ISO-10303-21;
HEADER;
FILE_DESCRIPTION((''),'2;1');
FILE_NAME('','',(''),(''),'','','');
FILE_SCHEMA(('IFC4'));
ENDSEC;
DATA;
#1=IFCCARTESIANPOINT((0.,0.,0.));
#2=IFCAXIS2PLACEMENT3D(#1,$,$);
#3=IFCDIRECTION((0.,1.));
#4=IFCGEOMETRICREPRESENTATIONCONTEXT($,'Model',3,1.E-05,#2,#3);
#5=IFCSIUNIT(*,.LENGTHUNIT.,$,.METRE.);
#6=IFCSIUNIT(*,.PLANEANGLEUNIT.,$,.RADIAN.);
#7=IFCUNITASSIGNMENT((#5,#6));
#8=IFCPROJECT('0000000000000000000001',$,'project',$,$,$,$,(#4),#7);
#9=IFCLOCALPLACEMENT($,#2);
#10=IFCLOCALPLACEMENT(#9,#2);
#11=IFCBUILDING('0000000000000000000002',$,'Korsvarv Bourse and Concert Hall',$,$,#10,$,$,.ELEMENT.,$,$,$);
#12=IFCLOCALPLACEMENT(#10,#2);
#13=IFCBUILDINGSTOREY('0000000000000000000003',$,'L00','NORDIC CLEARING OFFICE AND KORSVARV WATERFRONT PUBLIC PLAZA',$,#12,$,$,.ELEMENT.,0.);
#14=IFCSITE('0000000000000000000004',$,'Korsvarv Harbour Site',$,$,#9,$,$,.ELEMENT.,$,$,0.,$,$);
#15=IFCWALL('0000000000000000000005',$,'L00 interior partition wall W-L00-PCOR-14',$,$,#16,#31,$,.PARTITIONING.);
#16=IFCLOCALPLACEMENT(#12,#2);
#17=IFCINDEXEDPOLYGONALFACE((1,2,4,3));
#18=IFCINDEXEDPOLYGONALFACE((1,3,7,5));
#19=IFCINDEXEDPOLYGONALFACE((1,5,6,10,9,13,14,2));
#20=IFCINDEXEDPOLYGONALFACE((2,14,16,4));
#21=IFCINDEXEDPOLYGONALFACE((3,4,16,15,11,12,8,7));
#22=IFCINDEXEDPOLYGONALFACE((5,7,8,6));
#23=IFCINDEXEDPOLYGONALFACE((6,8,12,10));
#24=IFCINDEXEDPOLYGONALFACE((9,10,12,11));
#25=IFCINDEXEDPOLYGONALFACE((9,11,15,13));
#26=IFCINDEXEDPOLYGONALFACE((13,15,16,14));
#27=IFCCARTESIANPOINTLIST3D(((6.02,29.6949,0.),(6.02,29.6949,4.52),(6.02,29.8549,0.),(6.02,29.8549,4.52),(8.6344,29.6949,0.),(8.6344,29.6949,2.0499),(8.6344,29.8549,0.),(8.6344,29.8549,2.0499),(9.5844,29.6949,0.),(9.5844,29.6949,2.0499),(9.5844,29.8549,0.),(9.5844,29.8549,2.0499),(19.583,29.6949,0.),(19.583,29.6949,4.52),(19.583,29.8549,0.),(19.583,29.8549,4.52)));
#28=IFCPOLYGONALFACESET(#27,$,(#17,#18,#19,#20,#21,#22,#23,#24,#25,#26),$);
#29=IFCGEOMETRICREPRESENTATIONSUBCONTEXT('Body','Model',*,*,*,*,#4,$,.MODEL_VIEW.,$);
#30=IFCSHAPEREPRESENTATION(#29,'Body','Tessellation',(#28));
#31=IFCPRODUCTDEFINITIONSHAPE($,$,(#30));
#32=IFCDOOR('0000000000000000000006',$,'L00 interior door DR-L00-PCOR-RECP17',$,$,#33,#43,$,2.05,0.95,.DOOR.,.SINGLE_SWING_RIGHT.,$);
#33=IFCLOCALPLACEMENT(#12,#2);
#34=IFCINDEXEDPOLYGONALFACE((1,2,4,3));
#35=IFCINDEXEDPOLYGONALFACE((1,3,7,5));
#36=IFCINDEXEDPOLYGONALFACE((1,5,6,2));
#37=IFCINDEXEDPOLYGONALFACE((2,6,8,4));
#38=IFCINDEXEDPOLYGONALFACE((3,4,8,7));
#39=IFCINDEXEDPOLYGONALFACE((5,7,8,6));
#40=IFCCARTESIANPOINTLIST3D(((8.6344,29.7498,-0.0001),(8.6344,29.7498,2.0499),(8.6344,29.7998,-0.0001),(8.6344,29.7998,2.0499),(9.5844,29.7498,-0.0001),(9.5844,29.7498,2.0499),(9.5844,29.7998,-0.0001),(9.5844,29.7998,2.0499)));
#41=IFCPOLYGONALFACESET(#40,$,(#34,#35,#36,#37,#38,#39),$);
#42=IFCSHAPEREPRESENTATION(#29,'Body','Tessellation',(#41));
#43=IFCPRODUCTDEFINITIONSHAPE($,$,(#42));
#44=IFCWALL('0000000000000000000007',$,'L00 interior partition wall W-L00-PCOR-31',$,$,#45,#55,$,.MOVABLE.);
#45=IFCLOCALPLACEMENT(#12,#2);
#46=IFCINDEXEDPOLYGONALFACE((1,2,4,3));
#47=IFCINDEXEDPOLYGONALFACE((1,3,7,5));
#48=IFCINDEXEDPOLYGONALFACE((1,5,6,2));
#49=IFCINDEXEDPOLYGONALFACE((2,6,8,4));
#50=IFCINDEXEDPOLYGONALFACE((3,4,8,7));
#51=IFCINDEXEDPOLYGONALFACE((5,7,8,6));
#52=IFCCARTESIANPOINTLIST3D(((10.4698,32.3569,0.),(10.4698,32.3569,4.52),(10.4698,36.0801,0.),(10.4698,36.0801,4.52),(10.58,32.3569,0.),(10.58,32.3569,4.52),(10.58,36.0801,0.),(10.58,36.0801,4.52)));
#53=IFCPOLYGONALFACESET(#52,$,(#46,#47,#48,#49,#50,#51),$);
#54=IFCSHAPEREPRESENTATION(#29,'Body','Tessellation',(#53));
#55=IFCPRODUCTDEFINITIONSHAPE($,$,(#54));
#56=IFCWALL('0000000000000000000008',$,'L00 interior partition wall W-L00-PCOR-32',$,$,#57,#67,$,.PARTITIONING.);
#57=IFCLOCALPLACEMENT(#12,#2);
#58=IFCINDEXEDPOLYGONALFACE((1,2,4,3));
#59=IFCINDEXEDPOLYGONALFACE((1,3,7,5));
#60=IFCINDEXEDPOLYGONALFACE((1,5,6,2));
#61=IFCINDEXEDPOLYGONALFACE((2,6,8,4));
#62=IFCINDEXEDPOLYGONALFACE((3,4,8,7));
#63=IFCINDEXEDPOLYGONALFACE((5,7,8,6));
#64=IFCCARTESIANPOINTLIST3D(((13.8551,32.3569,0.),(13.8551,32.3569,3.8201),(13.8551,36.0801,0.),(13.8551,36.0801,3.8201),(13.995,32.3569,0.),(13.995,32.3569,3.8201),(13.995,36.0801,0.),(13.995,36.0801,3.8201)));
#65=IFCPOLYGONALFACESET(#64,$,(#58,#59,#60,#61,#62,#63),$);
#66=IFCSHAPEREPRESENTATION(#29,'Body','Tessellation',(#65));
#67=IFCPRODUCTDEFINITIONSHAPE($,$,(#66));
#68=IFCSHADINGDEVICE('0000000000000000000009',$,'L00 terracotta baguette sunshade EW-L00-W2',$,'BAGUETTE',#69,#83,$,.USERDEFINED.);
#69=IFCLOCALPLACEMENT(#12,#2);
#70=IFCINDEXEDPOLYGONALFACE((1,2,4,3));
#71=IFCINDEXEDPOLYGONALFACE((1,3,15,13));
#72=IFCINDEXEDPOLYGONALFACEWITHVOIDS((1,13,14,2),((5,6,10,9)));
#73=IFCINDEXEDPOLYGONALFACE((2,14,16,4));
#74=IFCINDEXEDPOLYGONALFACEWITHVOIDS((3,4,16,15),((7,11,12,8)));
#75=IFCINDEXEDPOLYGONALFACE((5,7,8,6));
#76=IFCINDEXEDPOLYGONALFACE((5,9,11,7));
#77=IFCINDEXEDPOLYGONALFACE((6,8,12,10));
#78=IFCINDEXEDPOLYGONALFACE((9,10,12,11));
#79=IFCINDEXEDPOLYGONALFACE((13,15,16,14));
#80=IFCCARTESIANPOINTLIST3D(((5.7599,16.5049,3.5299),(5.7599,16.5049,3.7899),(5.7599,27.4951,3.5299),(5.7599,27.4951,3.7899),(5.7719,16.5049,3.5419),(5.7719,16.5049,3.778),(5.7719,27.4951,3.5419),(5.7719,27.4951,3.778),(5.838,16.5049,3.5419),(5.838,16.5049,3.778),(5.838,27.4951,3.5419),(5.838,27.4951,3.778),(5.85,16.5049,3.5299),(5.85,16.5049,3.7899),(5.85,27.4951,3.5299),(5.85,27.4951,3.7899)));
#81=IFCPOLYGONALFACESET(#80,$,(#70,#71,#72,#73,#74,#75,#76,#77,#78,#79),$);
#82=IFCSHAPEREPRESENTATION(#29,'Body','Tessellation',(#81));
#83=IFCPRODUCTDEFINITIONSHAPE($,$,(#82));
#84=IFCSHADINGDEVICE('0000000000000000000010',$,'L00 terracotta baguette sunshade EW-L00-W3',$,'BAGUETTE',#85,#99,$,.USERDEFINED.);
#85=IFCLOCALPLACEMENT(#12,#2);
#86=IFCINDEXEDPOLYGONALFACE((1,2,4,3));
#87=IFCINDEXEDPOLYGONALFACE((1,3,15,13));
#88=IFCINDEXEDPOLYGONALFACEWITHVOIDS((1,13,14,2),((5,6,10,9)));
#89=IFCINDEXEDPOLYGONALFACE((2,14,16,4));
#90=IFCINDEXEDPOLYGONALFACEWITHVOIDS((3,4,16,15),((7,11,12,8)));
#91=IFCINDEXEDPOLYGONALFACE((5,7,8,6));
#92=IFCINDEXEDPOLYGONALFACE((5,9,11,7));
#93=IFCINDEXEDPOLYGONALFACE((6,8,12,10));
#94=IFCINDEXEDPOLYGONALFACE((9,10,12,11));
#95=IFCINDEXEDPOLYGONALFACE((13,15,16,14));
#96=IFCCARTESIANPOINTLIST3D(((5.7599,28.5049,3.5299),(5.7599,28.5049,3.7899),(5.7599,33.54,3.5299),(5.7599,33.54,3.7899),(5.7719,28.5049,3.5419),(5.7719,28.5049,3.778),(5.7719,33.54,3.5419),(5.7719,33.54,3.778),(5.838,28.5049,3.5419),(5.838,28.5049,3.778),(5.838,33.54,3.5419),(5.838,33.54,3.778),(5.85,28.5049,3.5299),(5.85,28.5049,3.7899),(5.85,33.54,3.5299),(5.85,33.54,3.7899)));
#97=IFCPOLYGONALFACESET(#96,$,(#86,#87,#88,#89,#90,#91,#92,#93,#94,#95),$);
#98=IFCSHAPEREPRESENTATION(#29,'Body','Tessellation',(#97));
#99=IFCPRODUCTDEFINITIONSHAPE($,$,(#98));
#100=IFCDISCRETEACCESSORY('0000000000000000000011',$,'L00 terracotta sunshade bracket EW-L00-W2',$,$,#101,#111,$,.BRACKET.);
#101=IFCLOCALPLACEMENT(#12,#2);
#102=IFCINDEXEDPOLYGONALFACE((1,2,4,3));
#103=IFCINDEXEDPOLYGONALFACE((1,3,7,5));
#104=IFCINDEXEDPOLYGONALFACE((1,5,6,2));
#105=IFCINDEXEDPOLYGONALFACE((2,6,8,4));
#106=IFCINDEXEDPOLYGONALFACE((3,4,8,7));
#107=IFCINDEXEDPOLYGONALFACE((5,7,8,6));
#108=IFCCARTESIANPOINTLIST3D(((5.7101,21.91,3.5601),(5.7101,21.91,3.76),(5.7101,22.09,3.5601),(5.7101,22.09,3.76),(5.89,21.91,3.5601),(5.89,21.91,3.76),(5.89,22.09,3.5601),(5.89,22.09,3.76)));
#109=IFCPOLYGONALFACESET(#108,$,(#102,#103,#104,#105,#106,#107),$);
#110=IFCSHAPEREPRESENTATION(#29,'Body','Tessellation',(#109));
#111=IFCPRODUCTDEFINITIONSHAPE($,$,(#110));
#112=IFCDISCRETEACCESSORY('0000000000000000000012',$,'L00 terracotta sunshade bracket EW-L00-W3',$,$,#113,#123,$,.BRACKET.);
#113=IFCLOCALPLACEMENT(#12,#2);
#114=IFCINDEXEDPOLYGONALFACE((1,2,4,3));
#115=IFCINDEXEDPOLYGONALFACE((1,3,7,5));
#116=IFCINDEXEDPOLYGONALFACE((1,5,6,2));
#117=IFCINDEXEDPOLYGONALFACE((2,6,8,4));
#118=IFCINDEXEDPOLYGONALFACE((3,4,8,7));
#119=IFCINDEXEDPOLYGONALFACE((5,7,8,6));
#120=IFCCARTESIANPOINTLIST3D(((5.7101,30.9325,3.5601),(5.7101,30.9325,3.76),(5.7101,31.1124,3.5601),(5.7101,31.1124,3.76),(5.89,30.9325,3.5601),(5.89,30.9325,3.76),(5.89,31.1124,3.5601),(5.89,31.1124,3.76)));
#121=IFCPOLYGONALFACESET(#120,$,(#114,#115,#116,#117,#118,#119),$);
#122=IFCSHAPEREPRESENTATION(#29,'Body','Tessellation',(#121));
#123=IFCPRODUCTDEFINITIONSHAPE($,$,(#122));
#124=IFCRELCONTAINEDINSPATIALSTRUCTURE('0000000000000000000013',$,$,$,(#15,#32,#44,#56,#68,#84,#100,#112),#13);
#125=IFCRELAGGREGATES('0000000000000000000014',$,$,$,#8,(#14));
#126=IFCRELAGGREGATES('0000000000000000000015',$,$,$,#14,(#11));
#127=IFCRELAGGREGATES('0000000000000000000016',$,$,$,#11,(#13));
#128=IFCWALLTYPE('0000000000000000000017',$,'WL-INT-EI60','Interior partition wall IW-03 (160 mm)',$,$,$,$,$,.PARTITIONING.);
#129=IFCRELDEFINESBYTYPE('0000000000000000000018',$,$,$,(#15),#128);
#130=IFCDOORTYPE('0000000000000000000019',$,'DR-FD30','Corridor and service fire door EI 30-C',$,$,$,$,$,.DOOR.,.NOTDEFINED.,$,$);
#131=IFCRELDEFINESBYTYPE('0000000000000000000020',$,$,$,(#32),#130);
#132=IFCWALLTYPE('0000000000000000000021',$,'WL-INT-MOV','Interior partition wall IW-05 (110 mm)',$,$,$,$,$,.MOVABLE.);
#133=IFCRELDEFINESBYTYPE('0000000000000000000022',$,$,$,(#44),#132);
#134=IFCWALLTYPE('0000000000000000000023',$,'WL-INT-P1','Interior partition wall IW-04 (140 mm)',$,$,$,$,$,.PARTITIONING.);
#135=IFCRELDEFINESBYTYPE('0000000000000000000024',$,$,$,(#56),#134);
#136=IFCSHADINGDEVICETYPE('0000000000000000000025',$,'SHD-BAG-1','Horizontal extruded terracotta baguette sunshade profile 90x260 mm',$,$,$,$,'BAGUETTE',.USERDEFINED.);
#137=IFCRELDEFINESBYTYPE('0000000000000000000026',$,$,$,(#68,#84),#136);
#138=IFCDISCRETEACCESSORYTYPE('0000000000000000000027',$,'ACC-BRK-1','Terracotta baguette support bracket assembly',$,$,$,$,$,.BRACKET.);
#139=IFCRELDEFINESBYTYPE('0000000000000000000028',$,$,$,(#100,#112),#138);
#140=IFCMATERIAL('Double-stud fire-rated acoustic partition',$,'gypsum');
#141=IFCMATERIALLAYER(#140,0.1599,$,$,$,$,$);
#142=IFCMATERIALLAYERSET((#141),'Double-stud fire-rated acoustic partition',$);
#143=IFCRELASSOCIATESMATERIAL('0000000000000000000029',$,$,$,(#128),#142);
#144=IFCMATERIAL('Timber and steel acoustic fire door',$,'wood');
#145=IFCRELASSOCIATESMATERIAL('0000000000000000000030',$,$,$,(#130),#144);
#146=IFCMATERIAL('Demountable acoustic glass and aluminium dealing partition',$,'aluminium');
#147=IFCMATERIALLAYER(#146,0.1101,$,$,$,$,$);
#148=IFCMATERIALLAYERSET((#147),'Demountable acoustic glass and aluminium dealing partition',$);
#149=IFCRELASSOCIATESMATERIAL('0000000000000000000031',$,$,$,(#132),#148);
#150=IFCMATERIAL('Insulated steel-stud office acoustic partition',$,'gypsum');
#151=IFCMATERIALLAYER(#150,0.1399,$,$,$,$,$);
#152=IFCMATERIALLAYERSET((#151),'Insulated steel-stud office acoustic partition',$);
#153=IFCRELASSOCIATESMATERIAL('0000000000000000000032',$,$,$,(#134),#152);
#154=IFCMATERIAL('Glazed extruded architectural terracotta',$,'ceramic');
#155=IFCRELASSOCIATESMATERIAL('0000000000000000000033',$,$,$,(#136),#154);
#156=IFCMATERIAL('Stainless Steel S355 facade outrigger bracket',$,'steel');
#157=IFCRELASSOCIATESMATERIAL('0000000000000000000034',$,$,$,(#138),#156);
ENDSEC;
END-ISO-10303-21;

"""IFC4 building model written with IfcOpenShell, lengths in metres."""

from ifc_helpers import new_model, si_unit, direction, frame, frame_2d, origin, origin_2d, place, context, subcontext, project, spatial, rectangle, hollow_rectangle, extrude, source, transform, mapped, material, layer, layer_set, material_profile, profile_set, type_object, element, fill, save


model = new_model("IFC4")

# Units and contexts
model_context = context("Model", 3, precision=1e-05, world=origin(), true_north=direction((0.0, 1.0)))
body_context = subcontext(model_context, "Body", "Model", "MODEL_VIEW")
ifc_project = project(units=[si_unit("LENGTHUNIT", "METRE"), si_unit("PLANEANGLEUNIT", "RADIAN")], contexts=[model_context])

# Site, building, storey
site_placement = place(None, origin())
site = spatial("IfcSite", under=ifc_project, at=site_placement, Name="Korsvarv Harbour Site", CompositionType="ELEMENT", RefElevation=0.0)
building_placement = place(site_placement, origin())
building = spatial("IfcBuilding", under=site, at=building_placement, Name="Korsvarv Bourse and Concert Hall", CompositionType="ELEMENT")
storey_placement = place(building_placement, origin())
storey = spatial("IfcBuildingStorey", under=building, at=storey_placement, Name="L00", Description="NORDIC CLEARING OFFICE AND KORSVARV WATERFRONT PUBLIC PLAZA", CompositionType="ELEMENT", Elevation=0.0)

# Shared definitions
ifc_material_1 = material(Name="Double-stud fire-rated acoustic partition", Category="gypsum")
ifc_layer_1 = layer(ifc_material_1, 0.1599)
ifc_layer_set_1 = layer_set([ifc_layer_1], Name="Double-stud fire-rated acoustic partition")
wall_type_1 = type_object("IfcWallType", Name="WL-INT-EI60", Description="Interior partition wall IW-03 (160 mm)", PredefinedType="PARTITIONING", material=ifc_layer_set_1)
ifc_material_2 = material(Name="Timber and steel acoustic fire door", Category="wood")
door_type_1 = type_object("IfcDoorType", Name="DR-FD30", Description="Corridor and service fire door EI 30-C", OperationType="NOTDEFINED", PredefinedType="DOOR", material=ifc_material_2)

# Wall, opening, door
wall_1_placement = place(storey_placement, frame((6.02, 29.7749, 0.0), z_axis=(0.0, 0.0, 1.0), x_axis=(1.0, 0.0, 0.0)))
wall_1 = element("IfcWall", 1, at=wall_1_placement, inside=storey, type_object=wall_type_1, Name="L00 interior partition wall W-L00-PCOR-14", PredefinedType="PARTITIONING", context=body_context, shape_type="SweptSolid", body=[
    extrude(rectangle(XDim=13.563, YDim=0.1599, at=frame_2d((6.7815, 0.0))), origin(), (0.0, 0.0, 1.0), 4.52),
])
opening_1_placement = place(wall_1_placement, frame((2.6143, 0.0, 0.0)))
opening_1 = element("IfcOpeningElement", 2, at=opening_1_placement, cuts=wall_1, PredefinedType="OPENING", context=body_context, shape_type="SweptSolid", body=[
    extrude(rectangle(XDim=0.95, YDim=2.05, at=frame_2d((0.4751, 1.0249))), frame((0.0, 0.0898, 0.0), z_axis=(0.0, -1.0, 0.0), x_axis=(1.0, 0.0, 0.0)), (0.0, 0.0, 1.0), 0.1799),
])
door_1_placement = place(opening_1_placement, origin())
door_1 = element("IfcDoor", 3, at=door_1_placement, inside=storey, type_object=door_type_1, Name="L00 interior door DR-L00-PCOR-RECP17", OperationType="SINGLE_SWING_RIGHT", OverallHeight=2.05, OverallWidth=0.95, PredefinedType="DOOR", context=body_context, shape_type="SweptSolid", body=[
    extrude(rectangle(XDim=0.95, YDim=2.05, at=frame_2d((0.4751, 1.0249))), frame((0.0, 0.0249, 0.0), z_axis=(0.0, -1.0, 0.0), x_axis=(1.0, 0.0, 0.0)), (0.0, 0.0, 1.0), 0.05),
])
fill(opening_1, door_1)

# Walls
ifc_material_3 = material(Name="Demountable acoustic glass and aluminium dealing partition", Category="aluminium")
ifc_layer_2 = layer(ifc_material_3, 0.1101)
ifc_layer_set_2 = layer_set([ifc_layer_2], Name="Demountable acoustic glass and aluminium dealing partition")
wall_type_2 = type_object("IfcWallType", Name="WL-INT-MOV", Description="Interior partition wall IW-05 (110 mm)", PredefinedType="MOVABLE", material=ifc_layer_set_2)
wall_2_placement = place(storey_placement, frame((10.5249, 32.3569, 0.0), z_axis=(0.0, 0.0, 1.0), x_axis=(0.0, 1.0, 0.0)))
element("IfcWall", 4, at=wall_2_placement, inside=storey, type_object=wall_type_2, Name="L00 interior partition wall W-L00-PCOR-31", PredefinedType="MOVABLE", context=body_context, shape_type="SweptSolid", body=[
    extrude(rectangle(XDim=3.7231, YDim=0.1101, at=frame_2d((1.8616, 0.0))), origin(), (0.0, 0.0, 1.0), 4.52),
])
ifc_material_4 = material(Name="Insulated steel-stud office acoustic partition", Category="gypsum")
ifc_layer_3 = layer(ifc_material_4, 0.1399)
ifc_layer_set_3 = layer_set([ifc_layer_3], Name="Insulated steel-stud office acoustic partition")
wall_type_3 = type_object("IfcWallType", Name="WL-INT-P1", Description="Interior partition wall IW-04 (140 mm)", PredefinedType="PARTITIONING", material=ifc_layer_set_3)
wall_3_placement = place(storey_placement, frame((13.925, 32.3569, 0.0), z_axis=(0.0, 0.0, 1.0), x_axis=(0.0, 1.0, 0.0)))
element("IfcWall", 5, at=wall_3_placement, inside=storey, type_object=wall_type_3, Name="L00 interior partition wall W-L00-PCOR-32", PredefinedType="PARTITIONING", context=body_context, shape_type="SweptSolid", body=[
    extrude(rectangle(XDim=3.7231, YDim=0.1399, at=frame_2d((1.8616, 0.0))), origin(), (0.0, 0.0, 1.0), 3.8201),
])

# Shading devices
ifc_material_5 = material(Name="Glazed extruded architectural terracotta", Category="ceramic")
ifc_material_profile_1 = material_profile(ifc_material_5, hollow_rectangle(XDim=0.0901, YDim=0.26, WallThickness=0.012, at=origin_2d()), Name="TC-BAG 90x260")
ifc_profile_set_1 = profile_set([ifc_material_profile_1], Name="Glazed extruded architectural terracotta")
shading_device_type = type_object("IfcShadingDeviceType", Name="SHD-BAG-1", Description="Horizontal extruded terracotta baguette sunshade profile 90x260 mm", ElementType="BAGUETTE", PredefinedType="USERDEFINED", material=ifc_profile_set_1)
shared_shape_1 = source(origin(), body_context, "Body", "SweptSolid", [
    extrude(hollow_rectangle(XDim=0.0901, YDim=0.26, WallThickness=0.012, at=origin_2d()), origin(), (0.0, 0.0, 1.0), 10.9902),
])
shading_device_1_placement = place(storey_placement, frame((5.8049, 16.5049, 3.6599), z_axis=(0.0, 1.0, 0.0), x_axis=(-1.0, 0.0, 0.0)))
element("IfcShadingDevice", 6, at=shading_device_1_placement, inside=storey, type_object=shading_device_type, Name="L00 terracotta baguette sunshade EW-L00-W2", ObjectType="BAGUETTE", PredefinedType="USERDEFINED", context=body_context, shape_type="MappedRepresentation", body=[
    mapped(shared_shape_1, transform((0.0, 0.0, 0.0), scale=1.0)),
])
shared_shape_2 = source(origin(), body_context, "Body", "SweptSolid", [
    extrude(hollow_rectangle(XDim=0.0901, YDim=0.26, WallThickness=0.012, at=origin_2d()), origin(), (0.0, 0.0, 1.0), 5.0352),
])
shading_device_2_placement = place(storey_placement, frame((5.8049, 28.5049, 3.6599), z_axis=(0.0, 1.0, 0.0), x_axis=(-1.0, 0.0, 0.0)))
element("IfcShadingDevice", 7, at=shading_device_2_placement, inside=storey, type_object=shading_device_type, Name="L00 terracotta baguette sunshade EW-L00-W3", ObjectType="BAGUETTE", PredefinedType="USERDEFINED", context=body_context, shape_type="MappedRepresentation", body=[
    mapped(shared_shape_2, transform((0.0, 0.0, 0.0), scale=1.0)),
])

# Discrete accessories
ifc_material_6 = material(Name="Stainless Steel S355 facade outrigger bracket", Category="steel")
discrete_accessory_type = type_object("IfcDiscreteAccessoryType", Name="ACC-BRK-1", Description="Terracotta baguette support bracket assembly", PredefinedType="BRACKET", material=ifc_material_6)
shared_shape_3 = source(origin(), body_context, "Body", "SweptSolid", [
    extrude(rectangle(XDim=0.1799, YDim=0.1799, at=origin_2d()), origin(), (0.0, 0.0, 1.0), 0.2),
])
for number, where, z_axis, x_axis, name in (
    (8, (5.8, 22.0, 3.5601), (0.0, 0.0, 1.0), (0.0, 1.0, 0.0), "L00 terracotta sunshade bracket EW-L00-W2"),
    (9, (5.8, 31.0225, 3.5601), (0.0, 0.0, 1.0), (0.0, 1.0, 0.0), "L00 terracotta sunshade bracket EW-L00-W3"),
):
    element("IfcDiscreteAccessory", number, at=place(storey_placement, frame(where, z_axis=z_axis, x_axis=x_axis)), inside=storey, type_object=discrete_accessory_type, Name=name, PredefinedType="BRACKET", context=body_context, shape_type="MappedRepresentation", body=[
        mapped(shared_shape_3, transform((0.0, 0.0, 0.0), scale=1.0)),
    ])

save(model, "model.ifc")
